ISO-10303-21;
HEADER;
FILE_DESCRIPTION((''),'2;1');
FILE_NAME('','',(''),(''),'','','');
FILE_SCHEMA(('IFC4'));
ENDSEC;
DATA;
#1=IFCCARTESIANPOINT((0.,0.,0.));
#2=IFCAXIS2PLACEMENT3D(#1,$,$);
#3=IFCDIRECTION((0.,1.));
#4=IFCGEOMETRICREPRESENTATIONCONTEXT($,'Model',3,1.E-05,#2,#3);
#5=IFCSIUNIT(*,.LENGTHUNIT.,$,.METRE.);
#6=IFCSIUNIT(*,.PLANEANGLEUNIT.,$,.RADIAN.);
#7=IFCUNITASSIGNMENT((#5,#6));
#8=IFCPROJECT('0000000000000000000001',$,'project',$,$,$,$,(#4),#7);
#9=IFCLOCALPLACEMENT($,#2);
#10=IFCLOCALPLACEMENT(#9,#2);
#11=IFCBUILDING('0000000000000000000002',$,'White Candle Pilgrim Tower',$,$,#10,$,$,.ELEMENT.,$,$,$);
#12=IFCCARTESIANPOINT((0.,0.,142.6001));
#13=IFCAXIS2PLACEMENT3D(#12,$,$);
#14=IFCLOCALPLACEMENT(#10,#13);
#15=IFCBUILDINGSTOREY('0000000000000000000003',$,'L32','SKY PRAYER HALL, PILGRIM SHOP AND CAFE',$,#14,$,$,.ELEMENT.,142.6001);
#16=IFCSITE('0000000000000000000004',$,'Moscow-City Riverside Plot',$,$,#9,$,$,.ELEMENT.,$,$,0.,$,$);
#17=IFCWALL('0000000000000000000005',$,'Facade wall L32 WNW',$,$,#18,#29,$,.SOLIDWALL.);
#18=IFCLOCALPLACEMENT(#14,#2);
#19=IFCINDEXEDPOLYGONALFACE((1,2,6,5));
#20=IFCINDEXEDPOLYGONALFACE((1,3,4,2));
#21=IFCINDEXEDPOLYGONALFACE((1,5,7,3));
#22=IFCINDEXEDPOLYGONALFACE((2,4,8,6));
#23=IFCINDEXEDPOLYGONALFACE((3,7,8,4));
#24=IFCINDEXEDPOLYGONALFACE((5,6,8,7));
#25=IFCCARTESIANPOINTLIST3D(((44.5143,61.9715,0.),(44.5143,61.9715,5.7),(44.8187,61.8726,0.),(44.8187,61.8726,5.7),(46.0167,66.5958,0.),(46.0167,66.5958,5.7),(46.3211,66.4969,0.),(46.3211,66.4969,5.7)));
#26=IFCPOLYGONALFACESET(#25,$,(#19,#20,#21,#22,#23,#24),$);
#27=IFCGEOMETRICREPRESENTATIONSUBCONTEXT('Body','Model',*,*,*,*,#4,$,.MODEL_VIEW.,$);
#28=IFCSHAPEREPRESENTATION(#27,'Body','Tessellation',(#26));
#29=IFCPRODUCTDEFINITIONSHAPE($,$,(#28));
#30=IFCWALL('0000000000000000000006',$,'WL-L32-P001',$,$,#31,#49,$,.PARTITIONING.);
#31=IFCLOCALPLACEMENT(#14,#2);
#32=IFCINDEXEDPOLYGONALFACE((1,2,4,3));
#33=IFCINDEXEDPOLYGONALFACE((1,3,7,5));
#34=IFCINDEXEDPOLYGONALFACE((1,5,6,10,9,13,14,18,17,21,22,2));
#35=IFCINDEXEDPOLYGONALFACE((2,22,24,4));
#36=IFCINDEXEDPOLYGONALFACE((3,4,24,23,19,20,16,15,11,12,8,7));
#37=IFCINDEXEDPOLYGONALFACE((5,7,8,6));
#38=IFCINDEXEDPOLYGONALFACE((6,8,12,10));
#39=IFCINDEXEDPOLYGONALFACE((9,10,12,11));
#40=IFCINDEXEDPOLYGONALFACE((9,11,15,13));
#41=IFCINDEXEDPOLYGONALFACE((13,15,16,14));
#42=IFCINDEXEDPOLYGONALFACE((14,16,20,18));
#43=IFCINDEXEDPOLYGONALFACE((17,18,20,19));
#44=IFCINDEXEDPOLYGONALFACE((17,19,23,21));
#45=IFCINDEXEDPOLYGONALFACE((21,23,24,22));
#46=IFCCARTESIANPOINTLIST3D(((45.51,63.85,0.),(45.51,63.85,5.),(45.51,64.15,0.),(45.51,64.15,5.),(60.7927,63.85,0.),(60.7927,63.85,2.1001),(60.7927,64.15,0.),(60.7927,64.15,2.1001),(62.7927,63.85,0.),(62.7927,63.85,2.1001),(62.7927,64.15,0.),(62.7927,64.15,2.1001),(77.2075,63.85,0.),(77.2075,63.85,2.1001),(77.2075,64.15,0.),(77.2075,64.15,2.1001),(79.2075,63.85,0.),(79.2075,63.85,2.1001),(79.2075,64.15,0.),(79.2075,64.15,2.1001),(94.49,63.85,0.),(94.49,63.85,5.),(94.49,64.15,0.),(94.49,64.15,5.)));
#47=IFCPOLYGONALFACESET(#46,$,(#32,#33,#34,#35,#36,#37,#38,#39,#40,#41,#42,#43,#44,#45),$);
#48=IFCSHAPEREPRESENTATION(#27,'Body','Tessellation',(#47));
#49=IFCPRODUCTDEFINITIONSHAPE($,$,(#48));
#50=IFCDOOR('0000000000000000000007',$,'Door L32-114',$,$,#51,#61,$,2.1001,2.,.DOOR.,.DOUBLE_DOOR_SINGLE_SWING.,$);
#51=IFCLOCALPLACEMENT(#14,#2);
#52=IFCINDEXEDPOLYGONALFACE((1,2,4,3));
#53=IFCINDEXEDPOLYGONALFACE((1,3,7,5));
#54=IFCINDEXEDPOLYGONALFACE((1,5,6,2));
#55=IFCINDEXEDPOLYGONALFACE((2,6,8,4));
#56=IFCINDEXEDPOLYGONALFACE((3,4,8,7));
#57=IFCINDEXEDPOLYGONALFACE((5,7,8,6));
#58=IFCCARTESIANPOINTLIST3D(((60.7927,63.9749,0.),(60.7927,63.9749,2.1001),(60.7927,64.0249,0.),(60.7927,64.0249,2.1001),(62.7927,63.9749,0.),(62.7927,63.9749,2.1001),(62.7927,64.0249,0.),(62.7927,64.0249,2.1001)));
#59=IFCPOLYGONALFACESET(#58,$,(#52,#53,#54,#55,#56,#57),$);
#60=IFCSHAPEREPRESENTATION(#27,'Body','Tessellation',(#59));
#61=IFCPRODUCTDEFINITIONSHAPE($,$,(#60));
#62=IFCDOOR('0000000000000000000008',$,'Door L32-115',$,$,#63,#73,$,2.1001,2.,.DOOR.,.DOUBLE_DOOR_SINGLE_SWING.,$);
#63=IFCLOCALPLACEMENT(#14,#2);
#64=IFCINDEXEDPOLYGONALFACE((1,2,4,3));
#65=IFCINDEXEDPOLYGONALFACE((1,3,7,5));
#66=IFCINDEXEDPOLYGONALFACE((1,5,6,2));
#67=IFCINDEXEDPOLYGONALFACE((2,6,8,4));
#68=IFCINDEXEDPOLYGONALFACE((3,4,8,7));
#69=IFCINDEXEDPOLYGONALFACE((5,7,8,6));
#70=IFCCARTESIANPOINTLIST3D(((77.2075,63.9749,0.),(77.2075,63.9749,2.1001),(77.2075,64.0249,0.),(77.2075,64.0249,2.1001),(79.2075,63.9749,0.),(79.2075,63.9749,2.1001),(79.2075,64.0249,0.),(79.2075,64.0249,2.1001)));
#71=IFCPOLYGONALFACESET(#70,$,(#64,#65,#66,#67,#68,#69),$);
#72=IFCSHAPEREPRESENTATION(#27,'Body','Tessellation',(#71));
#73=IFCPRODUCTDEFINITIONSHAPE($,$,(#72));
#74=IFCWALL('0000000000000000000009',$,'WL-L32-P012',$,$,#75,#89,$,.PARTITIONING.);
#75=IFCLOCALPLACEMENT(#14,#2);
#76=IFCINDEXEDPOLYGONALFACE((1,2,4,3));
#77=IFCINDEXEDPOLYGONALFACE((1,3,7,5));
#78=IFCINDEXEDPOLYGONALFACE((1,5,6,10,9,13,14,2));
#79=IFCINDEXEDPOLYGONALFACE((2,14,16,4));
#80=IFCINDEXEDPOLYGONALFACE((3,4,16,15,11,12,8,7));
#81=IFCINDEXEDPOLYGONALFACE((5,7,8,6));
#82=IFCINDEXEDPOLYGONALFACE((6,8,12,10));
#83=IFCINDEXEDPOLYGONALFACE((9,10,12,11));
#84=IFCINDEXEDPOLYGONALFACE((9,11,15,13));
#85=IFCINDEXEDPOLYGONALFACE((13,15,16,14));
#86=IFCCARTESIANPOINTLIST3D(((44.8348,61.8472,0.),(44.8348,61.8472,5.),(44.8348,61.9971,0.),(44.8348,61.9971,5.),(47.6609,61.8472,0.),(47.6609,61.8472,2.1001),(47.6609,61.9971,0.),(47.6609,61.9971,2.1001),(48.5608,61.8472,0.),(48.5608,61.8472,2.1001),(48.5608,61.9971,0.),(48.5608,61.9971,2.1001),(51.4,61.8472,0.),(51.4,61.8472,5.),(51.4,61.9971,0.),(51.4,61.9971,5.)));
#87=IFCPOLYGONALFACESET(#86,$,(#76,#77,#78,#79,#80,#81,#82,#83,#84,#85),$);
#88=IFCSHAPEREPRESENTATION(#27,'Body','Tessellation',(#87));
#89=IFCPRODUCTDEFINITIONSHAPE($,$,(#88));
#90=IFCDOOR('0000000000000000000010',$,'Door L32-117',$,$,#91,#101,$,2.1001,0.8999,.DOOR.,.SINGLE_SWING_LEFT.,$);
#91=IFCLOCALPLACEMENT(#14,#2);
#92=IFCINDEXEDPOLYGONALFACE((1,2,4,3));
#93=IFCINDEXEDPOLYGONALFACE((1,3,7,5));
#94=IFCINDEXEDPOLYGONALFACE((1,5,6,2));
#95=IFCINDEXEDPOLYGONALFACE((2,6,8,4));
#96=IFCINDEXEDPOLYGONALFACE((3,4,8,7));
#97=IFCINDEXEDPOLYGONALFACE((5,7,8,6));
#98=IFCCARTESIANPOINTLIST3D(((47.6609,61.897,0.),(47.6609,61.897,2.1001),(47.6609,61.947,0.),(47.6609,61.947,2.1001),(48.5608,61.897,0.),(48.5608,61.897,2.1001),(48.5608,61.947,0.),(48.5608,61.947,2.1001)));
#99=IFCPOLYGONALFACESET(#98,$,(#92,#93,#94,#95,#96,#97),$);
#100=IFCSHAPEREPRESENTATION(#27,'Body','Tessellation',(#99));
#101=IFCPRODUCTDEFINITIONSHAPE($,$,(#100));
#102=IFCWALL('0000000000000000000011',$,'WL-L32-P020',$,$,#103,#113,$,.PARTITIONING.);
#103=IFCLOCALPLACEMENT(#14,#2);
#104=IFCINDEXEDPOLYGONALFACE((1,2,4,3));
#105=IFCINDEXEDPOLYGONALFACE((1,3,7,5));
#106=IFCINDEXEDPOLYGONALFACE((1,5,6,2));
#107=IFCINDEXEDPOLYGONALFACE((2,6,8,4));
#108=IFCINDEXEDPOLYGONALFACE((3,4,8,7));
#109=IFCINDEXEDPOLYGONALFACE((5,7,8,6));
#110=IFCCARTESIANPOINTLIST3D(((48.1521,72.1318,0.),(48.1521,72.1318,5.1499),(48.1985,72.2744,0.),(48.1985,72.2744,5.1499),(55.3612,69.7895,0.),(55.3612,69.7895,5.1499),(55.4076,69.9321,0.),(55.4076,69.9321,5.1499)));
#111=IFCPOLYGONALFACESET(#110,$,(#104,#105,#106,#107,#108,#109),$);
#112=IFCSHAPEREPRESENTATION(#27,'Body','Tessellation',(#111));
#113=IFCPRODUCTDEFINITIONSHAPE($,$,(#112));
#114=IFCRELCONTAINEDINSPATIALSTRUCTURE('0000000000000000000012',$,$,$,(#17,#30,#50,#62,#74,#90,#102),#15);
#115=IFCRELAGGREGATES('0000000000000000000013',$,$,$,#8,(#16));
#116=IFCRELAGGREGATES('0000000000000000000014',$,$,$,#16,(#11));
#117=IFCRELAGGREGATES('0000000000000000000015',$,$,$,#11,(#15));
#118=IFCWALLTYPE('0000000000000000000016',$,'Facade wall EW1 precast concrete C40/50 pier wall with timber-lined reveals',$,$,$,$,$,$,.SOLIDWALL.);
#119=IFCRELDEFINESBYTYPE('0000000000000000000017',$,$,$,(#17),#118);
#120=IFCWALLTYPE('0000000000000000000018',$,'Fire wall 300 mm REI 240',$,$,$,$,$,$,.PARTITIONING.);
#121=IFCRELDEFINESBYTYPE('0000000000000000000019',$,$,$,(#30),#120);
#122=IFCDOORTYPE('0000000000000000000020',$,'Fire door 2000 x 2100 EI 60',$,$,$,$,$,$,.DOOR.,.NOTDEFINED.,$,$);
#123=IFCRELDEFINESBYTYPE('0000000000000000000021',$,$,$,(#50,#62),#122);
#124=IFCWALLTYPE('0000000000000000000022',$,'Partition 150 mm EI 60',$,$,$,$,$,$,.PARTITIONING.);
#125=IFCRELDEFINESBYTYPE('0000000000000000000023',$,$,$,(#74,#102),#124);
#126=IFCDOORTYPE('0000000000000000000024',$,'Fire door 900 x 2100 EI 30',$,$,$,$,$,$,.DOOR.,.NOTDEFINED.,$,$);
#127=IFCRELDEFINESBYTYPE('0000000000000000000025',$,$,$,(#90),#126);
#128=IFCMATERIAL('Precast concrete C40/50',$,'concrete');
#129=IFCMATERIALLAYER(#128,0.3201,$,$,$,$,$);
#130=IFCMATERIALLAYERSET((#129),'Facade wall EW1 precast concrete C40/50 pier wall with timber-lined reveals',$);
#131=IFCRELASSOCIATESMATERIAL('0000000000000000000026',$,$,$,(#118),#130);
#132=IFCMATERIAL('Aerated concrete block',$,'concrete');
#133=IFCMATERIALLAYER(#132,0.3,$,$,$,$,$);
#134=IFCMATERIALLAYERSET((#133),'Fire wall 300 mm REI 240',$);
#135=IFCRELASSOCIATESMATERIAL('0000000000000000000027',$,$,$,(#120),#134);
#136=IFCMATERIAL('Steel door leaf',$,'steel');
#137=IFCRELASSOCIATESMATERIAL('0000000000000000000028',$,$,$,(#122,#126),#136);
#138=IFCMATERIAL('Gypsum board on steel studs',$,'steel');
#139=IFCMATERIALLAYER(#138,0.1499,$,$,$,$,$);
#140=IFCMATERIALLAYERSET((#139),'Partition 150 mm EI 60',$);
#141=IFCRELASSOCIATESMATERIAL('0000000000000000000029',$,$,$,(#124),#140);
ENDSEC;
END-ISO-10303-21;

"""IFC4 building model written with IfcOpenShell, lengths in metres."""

from ifc_helpers import new_model, si_unit, direction, frame, frame_2d, origin, place, context, subcontext, project, spatial, rectangle, extrude, material, layer, layer_set, type_object, element, fill, save


model = new_model("IFC4")

# Units and contexts
model_context = context("Model", 3, precision=1e-05, world=origin(), true_north=direction((0.0, 1.0)))
body_context = subcontext(model_context, "Body", "Model", "MODEL_VIEW")
ifc_project = project(units=[si_unit("LENGTHUNIT", "METRE"), si_unit("PLANEANGLEUNIT", "RADIAN")], contexts=[model_context])

# Site, building, storey
site_placement = place(None, origin())
site = spatial("IfcSite", under=ifc_project, at=site_placement, Name="Moscow-City Riverside Plot", CompositionType="ELEMENT", RefElevation=0.0)
building_placement = place(site_placement, origin())
building = spatial("IfcBuilding", under=site, at=building_placement, Name="White Candle Pilgrim Tower", CompositionType="ELEMENT")
storey_placement = place(building_placement, frame((0.0, 0.0, 142.6001)))
storey = spatial("IfcBuildingStorey", under=building, at=storey_placement, Name="L32", Description="SKY PRAYER HALL, PILGRIM SHOP AND CAFE", CompositionType="ELEMENT", Elevation=142.6001)

# Wall
ifc_material_1 = material(Name="Precast concrete C40/50", Category="concrete")
ifc_layer_1 = layer(ifc_material_1, 0.3201)
ifc_layer_set_1 = layer_set([ifc_layer_1], Name="Facade wall EW1 precast concrete C40/50 pier wall with timber-lined reveals")
wall_type_1 = type_object("IfcWallType", Name="Facade wall EW1 precast concrete C40/50 pier wall with timber-lined reveals", PredefinedType="SOLIDWALL", material=ifc_layer_set_1)
wall_1_placement = place(storey_placement, frame((46.1689, 66.5464, 0.0), z_axis=(0.0, 0.0, 1.0), x_axis=(-0.309003, -0.951061, 0.0)))
element("IfcWall", 1, at=wall_1_placement, inside=storey, type_object=wall_type_1, Name="Facade wall L32 WNW", PredefinedType="SOLIDWALL", context=body_context, shape_type="SweptSolid", body=[
    extrude(rectangle(XDim=4.8623, YDim=0.3201, at=frame_2d((2.4312, 0.0))), origin(), (0.0, 0.0, 1.0), 5.7),
])

# Wall, openings, doors
ifc_material_2 = material(Name="Aerated concrete block", Category="concrete")
ifc_layer_2 = layer(ifc_material_2, 0.3)
ifc_layer_set_2 = layer_set([ifc_layer_2], Name="Fire wall 300 mm REI 240")
wall_type_2 = type_object("IfcWallType", Name="Fire wall 300 mm REI 240", PredefinedType="PARTITIONING", material=ifc_layer_set_2)
wall_2_placement = place(storey_placement, frame((45.51, 64.0, 0.0), z_axis=(0.0, 0.0, 1.0), x_axis=(1.0, 0.0, 0.0)))
wall_2 = element("IfcWall", 2, at=wall_2_placement, inside=storey, type_object=wall_type_2, Name="WL-L32-P001", PredefinedType="PARTITIONING", context=body_context, shape_type="SweptSolid", body=[
    extrude(rectangle(XDim=48.98, YDim=0.3, at=frame_2d((24.49, 0.0))), origin(), (0.0, 0.0, 1.0), 5.0),
])
opening_1_placement = place(wall_2_placement, frame((15.2827, 0.0, 0.0)))
opening_1 = element("IfcOpeningElement", 3, at=opening_1_placement, cuts=wall_2, PredefinedType="OPENING", context=body_context, shape_type="SweptSolid", body=[
    extrude(rectangle(XDim=2.0, YDim=2.1001, at=frame_2d((1.0, 1.05))), frame((0.0, 0.1599, 0.0), z_axis=(0.0, -1.0, 0.0), x_axis=(1.0, 0.0, 0.0)), (0.0, 0.0, 1.0), 0.3201),
])
opening_2_placement = place(wall_2_placement, frame((31.6975, 0.0, 0.0)))
opening_2 = element("IfcOpeningElement", 4, at=opening_2_placement, cuts=wall_2, PredefinedType="OPENING", context=body_context, shape_type="SweptSolid", body=[
    extrude(rectangle(XDim=2.0, YDim=2.1001, at=frame_2d((1.0, 1.05))), frame((0.0, 0.1599, 0.0), z_axis=(0.0, -1.0, 0.0), x_axis=(1.0, 0.0, 0.0)), (0.0, 0.0, 1.0), 0.3201),
])
ifc_material_3 = material(Name="Steel door leaf", Category="steel")
door_type_1 = type_object("IfcDoorType", Name="Fire door 2000 x 2100 EI 60", OperationType="NOTDEFINED", PredefinedType="DOOR", material=ifc_material_3)
door_1_placement = place(opening_1_placement, origin())
door_1 = element("IfcDoor", 5, at=door_1_placement, inside=storey, type_object=door_type_1, Name="Door L32-114", OperationType="DOUBLE_DOOR_SINGLE_SWING", OverallHeight=2.1001, OverallWidth=2.0, PredefinedType="DOOR", context=body_context, shape_type="SweptSolid", body=[
    extrude(rectangle(XDim=2.0, YDim=2.1001, at=frame_2d((1.0, 1.05))), frame((0.0, 0.0249, 0.0), z_axis=(0.0, -1.0, 0.0), x_axis=(1.0, 0.0, 0.0)), (0.0, 0.0, 1.0), 0.05),
])
fill(opening_1, door_1)
door_2_placement = place(opening_2_placement, origin())
door_2 = element("IfcDoor", 6, at=door_2_placement, inside=storey, type_object=door_type_1, Name="Door L32-115", OperationType="DOUBLE_DOOR_SINGLE_SWING", OverallHeight=2.1001, OverallWidth=2.0, PredefinedType="DOOR", context=body_context, shape_type="SweptSolid", body=[
    extrude(rectangle(XDim=2.0, YDim=2.1001, at=frame_2d((1.0, 1.05))), frame((0.0, 0.0249, 0.0), z_axis=(0.0, -1.0, 0.0), x_axis=(1.0, 0.0, 0.0)), (0.0, 0.0, 1.0), 0.05),
])
fill(opening_2, door_2)

# Wall, opening, door
ifc_material_4 = material(Name="Gypsum board on steel studs", Category="steel")
ifc_layer_3 = layer(ifc_material_4, 0.1499)
ifc_layer_set_3 = layer_set([ifc_layer_3], Name="Partition 150 mm EI 60")
wall_type_3 = type_object("IfcWallType", Name="Partition 150 mm EI 60", PredefinedType="PARTITIONING", material=ifc_layer_set_3)
wall_3_placement = place(storey_placement, frame((44.8347, 61.9221, 0.0), z_axis=(0.0, 0.0, 1.0), x_axis=(1.0, 0.0, 0.0)))
wall_3 = element("IfcWall", 7, at=wall_3_placement, inside=storey, type_object=wall_type_3, Name="WL-L32-P012", PredefinedType="PARTITIONING", context=body_context, shape_type="SweptSolid", body=[
    extrude(rectangle(XDim=6.5652, YDim=0.1499, at=frame_2d((3.2827, 0.0))), origin(), (0.0, 0.0, 1.0), 5.0),
])
opening_3_placement = place(wall_3_placement, frame((2.8262, 0.0, 0.0)))
opening_3 = element("IfcOpeningElement", 8, at=opening_3_placement, cuts=wall_3, PredefinedType="OPENING", context=body_context, shape_type="SweptSolid", body=[
    extrude(rectangle(XDim=0.8999, YDim=2.1001, at=frame_2d((0.45, 1.05))), frame((0.0, 0.085, 0.0), z_axis=(0.0, -1.0, 0.0), x_axis=(1.0, 0.0, 0.0)), (0.0, 0.0, 1.0), 0.1699),
])
door_type_2 = type_object("IfcDoorType", Name="Fire door 900 x 2100 EI 30", OperationType="NOTDEFINED", PredefinedType="DOOR", material=ifc_material_3)
door_3_placement = place(opening_3_placement, origin())
door_3 = element("IfcDoor", 9, at=door_3_placement, inside=storey, type_object=door_type_2, Name="Door L32-117", OperationType="SINGLE_SWING_LEFT", OverallHeight=2.1001, OverallWidth=0.8999, PredefinedType="DOOR", context=body_context, shape_type="SweptSolid", body=[
    extrude(rectangle(XDim=0.8999, YDim=2.1001, at=frame_2d((0.45, 1.05))), frame((0.0, 0.0249, 0.0), z_axis=(0.0, -1.0, 0.0), x_axis=(1.0, 0.0, 0.0)), (0.0, 0.0, 1.0), 0.05),
])
fill(opening_3, door_3)

# Wall
wall_4_placement = place(storey_placement, frame((48.1753, 72.2031, 0.0), z_axis=(0.0, 0.0, 1.0), x_axis=(0.951059, -0.30901, 0.0)))
element("IfcWall", 10, at=wall_4_placement, inside=storey, type_object=wall_type_3, Name="WL-L32-P020", PredefinedType="PARTITIONING", context=body_context, shape_type="SweptSolid", body=[
    extrude(rectangle(XDim=7.5801, YDim=0.1499, at=frame_2d((3.79, 0.0))), origin(), (0.0, 0.0, 1.0), 5.1499),
])

save(model, "model.ifc")
